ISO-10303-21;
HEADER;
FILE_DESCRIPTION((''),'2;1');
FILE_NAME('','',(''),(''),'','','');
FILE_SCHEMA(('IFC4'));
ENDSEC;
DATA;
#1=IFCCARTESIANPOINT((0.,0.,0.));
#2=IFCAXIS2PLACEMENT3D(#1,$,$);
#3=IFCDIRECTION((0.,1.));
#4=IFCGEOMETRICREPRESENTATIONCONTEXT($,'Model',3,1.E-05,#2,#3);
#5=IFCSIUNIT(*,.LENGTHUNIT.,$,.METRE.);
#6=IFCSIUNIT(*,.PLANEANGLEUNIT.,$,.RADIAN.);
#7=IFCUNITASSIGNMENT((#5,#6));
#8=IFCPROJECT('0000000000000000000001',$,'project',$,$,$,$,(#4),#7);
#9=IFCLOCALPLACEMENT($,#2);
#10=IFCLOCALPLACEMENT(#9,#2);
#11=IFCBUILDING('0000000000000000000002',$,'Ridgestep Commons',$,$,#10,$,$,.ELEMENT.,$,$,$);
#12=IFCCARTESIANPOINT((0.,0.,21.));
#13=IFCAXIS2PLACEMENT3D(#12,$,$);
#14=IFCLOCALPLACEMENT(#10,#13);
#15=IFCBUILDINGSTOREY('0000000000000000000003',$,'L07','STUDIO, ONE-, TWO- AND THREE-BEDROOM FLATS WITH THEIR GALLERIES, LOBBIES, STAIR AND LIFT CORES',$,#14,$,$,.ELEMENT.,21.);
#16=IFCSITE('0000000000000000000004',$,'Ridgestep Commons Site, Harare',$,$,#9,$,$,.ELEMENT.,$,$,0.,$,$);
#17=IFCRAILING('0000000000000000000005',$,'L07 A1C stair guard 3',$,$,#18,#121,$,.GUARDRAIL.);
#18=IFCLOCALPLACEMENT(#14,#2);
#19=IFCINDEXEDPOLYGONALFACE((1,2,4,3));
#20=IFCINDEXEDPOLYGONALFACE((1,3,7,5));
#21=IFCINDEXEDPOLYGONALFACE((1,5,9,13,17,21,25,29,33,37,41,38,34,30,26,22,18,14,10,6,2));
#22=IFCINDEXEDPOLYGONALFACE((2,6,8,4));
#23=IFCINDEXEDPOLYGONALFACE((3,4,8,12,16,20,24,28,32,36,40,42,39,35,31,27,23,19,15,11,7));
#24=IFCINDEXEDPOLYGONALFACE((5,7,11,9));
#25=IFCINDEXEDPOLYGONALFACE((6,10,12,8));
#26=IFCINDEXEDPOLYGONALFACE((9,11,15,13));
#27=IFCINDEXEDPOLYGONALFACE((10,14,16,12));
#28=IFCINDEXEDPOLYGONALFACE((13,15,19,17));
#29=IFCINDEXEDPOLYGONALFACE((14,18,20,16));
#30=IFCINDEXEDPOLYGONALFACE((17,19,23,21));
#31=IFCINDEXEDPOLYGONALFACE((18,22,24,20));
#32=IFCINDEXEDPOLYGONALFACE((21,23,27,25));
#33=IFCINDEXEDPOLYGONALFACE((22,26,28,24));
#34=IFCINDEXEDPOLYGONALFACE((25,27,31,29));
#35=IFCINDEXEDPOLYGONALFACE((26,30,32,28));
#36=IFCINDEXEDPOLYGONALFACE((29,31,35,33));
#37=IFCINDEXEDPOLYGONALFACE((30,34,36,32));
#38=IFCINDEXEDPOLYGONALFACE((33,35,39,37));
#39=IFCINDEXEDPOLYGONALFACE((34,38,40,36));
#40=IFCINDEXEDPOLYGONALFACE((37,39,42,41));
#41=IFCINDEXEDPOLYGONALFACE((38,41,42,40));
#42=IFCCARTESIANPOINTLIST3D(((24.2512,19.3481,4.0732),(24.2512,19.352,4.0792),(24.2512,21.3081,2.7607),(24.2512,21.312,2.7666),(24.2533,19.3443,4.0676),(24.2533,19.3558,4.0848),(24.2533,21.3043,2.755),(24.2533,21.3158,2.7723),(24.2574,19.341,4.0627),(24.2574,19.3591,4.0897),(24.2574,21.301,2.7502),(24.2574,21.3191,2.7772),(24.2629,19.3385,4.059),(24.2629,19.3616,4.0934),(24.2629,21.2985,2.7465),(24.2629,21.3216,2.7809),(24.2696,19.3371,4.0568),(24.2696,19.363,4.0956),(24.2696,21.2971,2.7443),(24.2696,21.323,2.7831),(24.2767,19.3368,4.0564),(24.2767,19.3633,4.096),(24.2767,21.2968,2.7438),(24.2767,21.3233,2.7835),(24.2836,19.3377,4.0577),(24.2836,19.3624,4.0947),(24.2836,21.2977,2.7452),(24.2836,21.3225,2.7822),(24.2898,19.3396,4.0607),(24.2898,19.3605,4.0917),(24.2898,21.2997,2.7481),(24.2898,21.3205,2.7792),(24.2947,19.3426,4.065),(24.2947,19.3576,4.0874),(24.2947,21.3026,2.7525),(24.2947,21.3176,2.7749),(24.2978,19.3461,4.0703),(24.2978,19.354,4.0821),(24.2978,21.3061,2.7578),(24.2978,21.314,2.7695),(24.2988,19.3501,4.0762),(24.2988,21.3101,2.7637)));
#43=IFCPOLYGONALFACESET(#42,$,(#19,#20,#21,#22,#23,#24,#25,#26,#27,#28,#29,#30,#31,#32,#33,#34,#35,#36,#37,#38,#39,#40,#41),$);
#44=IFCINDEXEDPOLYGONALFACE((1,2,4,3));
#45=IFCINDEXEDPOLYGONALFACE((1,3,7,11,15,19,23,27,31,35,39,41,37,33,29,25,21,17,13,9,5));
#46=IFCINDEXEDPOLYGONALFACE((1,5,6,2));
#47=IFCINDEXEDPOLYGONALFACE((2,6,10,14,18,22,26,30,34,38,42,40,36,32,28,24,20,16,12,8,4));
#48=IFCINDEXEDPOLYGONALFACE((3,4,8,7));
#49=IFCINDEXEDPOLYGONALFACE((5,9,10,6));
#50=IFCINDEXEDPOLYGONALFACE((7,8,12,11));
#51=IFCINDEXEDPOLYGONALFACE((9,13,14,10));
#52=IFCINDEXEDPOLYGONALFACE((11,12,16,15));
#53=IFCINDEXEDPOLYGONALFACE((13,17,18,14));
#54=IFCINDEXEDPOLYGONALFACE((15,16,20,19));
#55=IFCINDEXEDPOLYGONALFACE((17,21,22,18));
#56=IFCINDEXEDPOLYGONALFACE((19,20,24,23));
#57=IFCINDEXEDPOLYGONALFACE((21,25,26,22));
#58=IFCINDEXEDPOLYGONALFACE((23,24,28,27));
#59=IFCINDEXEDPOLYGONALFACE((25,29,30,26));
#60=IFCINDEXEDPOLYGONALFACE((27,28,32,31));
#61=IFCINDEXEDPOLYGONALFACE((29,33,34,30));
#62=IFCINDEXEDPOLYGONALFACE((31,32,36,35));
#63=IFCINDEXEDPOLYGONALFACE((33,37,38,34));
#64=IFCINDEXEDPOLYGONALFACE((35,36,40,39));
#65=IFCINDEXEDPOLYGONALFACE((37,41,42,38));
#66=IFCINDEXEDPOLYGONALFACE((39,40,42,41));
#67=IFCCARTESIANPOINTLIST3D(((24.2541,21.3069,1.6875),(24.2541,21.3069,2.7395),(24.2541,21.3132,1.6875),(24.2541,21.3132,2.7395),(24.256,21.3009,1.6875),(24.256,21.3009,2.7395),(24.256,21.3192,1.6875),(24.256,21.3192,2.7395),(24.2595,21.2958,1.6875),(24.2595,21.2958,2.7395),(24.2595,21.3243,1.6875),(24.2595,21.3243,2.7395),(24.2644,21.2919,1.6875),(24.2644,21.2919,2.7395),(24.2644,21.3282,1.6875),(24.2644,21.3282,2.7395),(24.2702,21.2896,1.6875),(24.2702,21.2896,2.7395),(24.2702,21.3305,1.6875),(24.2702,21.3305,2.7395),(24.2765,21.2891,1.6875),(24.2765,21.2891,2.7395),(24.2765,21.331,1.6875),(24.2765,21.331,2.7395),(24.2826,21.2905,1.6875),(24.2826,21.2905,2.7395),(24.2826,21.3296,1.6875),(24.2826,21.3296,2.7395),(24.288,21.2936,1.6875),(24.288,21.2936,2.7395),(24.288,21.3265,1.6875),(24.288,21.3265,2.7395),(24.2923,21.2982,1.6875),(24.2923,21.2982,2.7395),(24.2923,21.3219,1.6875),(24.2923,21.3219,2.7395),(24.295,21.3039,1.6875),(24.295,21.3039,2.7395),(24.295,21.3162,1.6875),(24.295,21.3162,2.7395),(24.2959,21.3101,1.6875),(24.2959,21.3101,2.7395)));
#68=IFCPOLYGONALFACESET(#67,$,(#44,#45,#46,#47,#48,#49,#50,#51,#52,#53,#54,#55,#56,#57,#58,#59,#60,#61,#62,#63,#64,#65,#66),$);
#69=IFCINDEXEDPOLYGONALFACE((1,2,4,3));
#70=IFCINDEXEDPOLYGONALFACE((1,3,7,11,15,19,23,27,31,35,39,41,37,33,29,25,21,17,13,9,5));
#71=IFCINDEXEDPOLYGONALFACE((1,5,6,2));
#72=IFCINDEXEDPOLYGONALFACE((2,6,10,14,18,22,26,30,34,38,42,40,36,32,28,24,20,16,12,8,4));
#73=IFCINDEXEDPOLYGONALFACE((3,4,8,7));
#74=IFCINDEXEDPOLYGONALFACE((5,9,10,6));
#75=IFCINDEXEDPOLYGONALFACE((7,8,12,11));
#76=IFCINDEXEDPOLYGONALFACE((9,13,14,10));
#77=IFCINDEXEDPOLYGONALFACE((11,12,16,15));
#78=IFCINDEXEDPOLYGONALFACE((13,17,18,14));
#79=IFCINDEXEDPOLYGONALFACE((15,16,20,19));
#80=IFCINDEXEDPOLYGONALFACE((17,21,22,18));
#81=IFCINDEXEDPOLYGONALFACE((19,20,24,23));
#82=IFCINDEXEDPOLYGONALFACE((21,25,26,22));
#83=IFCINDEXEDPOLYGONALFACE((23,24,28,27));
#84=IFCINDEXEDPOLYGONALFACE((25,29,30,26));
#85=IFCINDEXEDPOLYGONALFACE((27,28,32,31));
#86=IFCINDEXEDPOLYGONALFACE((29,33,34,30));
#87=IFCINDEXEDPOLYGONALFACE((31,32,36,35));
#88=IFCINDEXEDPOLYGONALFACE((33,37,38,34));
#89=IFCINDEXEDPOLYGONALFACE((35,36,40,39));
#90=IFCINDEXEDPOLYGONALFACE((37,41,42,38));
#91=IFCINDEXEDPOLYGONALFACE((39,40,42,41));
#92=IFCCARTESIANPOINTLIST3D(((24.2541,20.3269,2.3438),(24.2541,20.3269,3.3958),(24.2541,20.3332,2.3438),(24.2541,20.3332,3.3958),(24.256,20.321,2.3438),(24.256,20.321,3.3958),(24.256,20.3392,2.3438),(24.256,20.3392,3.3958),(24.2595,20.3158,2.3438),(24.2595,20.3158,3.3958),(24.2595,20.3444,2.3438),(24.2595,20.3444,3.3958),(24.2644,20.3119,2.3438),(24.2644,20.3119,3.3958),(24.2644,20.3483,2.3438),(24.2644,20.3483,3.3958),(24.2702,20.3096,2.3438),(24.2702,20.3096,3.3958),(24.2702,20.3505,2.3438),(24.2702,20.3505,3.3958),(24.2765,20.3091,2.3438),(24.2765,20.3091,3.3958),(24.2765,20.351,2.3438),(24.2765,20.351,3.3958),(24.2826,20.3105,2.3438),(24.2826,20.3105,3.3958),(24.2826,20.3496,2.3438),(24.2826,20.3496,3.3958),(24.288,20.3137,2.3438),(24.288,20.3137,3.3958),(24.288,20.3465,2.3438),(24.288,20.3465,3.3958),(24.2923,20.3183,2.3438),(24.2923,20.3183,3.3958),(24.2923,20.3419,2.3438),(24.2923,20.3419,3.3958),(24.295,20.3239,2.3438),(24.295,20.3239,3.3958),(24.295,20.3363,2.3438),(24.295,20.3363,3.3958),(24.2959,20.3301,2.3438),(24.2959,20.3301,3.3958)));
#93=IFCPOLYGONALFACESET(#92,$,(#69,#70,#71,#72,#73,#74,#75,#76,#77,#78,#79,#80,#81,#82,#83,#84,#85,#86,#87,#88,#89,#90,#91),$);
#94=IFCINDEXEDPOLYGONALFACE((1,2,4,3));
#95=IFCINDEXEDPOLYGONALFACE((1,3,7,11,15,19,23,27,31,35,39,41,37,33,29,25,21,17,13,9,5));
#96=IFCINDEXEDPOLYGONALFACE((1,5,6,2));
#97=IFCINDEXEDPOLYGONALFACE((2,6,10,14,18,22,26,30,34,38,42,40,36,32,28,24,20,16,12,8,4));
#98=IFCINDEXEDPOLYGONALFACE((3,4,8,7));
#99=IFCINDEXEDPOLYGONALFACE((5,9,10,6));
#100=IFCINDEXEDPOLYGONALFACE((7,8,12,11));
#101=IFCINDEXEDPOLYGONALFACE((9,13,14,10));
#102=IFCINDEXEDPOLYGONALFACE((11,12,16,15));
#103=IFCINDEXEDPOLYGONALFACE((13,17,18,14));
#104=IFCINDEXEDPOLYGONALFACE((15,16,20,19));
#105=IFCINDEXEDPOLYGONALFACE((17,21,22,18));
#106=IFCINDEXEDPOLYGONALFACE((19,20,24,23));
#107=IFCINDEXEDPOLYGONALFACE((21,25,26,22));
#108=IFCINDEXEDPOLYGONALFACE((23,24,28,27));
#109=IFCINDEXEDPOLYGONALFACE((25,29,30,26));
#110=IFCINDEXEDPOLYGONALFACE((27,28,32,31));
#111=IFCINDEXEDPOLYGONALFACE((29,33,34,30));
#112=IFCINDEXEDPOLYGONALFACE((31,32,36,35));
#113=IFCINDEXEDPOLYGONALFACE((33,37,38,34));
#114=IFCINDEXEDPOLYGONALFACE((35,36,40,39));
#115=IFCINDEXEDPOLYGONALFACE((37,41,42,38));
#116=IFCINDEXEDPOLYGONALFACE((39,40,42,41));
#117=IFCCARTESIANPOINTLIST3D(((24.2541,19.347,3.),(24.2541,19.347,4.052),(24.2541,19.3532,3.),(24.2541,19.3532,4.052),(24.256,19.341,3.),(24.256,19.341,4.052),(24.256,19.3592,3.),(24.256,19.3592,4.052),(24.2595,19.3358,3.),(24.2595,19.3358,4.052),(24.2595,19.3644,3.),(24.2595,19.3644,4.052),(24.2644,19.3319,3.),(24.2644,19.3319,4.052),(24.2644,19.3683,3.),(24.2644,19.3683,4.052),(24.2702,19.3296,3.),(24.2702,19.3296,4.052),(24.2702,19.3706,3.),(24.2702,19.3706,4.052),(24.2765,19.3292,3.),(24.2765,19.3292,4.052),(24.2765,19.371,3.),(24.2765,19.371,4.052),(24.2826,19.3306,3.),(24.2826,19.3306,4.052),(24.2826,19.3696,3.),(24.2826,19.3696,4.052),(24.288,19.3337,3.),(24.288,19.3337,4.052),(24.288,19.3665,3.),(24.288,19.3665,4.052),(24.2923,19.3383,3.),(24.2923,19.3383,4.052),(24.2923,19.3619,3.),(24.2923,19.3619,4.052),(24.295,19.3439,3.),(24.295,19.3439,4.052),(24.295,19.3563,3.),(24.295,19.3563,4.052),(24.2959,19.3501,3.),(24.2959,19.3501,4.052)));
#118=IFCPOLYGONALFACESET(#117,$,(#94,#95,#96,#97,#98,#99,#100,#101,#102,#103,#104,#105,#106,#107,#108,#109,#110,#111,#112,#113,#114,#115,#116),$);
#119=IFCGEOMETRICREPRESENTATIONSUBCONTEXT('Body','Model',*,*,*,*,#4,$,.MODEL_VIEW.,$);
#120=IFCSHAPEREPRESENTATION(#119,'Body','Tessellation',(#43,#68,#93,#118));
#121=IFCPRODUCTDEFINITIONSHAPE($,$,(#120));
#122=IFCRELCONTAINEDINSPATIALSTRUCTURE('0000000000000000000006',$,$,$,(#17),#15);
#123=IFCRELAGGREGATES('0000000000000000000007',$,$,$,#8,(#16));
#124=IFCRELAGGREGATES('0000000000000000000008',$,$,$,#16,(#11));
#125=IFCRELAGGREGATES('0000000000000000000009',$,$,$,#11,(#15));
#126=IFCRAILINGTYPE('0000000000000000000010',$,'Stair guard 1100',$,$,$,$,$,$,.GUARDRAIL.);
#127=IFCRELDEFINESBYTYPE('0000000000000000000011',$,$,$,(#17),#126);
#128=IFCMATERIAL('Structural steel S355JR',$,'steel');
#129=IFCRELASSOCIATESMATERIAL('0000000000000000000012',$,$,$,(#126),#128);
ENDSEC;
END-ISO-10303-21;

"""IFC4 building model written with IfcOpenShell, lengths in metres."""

from ifc_helpers import new_model, si_unit, direction, frame, origin, origin_2d, place, context, subcontext, project, spatial, circle, extrude, material, type_object, element, save


model = new_model("IFC4")

# Units and contexts
model_context = context("Model", 3, precision=1e-05, world=origin(), true_north=direction((0.0, 1.0)))
body_context = subcontext(model_context, "Body", "Model", "MODEL_VIEW")
ifc_project = project(units=[si_unit("LENGTHUNIT", "METRE"), si_unit("PLANEANGLEUNIT", "RADIAN")], contexts=[model_context])

# Site, building, storey
site_placement = place(None, origin())
site = spatial("IfcSite", under=ifc_project, at=site_placement, Name="Ridgestep Commons Site, Harare", CompositionType="ELEMENT", RefElevation=0.0)
building_placement = place(site_placement, origin())
building = spatial("IfcBuilding", under=site, at=building_placement, Name="Ridgestep Commons", CompositionType="ELEMENT")
storey_placement = place(building_placement, frame((0.0, 0.0, 21.0)))
storey = spatial("IfcBuildingStorey", under=building, at=storey_placement, Name="L07", Description="STUDIO, ONE-, TWO- AND THREE-BEDROOM FLATS WITH THEIR GALLERIES, LOBBIES, STAIR AND LIFT CORES", CompositionType="ELEMENT", Elevation=21.0)

# Railing
ifc_material_1 = material(Name="Structural steel S355JR", Category="steel")
railing_type_1 = type_object("IfcRailingType", Name="Stair guard 1100", PredefinedType="GUARDRAIL", material=ifc_material_1)
railing_1_placement = place(storey_placement, frame((24.2749, 21.3101, 1.6875)))
element("IfcRailing", 1, at=railing_1_placement, inside=storey, type_object=railing_type_1, Name="L07 A1C stair guard 3", PredefinedType="GUARDRAIL", context=body_context, shape_type="SweptSolid", body=[
    extrude(circle(Radius=0.0239, at=origin_2d()), frame((0.0, 0.0, 1.0762), z_axis=(0.0, -0.830902, 0.556419), x_axis=(1.0, 0.0, 0.0)), (0.0, 0.0, 1.0), 2.3589),
    extrude(circle(Radius=0.021, at=origin_2d()), origin(), (0.0, 0.0, 1.0), 1.052),
    extrude(circle(Radius=0.021, at=origin_2d()), frame((0.0, -0.98, 0.6562)), (0.0, 0.0, 1.0), 1.052),
    extrude(circle(Radius=0.021, at=origin_2d()), frame((0.0, -1.96, 1.3125)), (0.0, 0.0, 1.0), 1.052),
])

save(model, "model.ifc")
